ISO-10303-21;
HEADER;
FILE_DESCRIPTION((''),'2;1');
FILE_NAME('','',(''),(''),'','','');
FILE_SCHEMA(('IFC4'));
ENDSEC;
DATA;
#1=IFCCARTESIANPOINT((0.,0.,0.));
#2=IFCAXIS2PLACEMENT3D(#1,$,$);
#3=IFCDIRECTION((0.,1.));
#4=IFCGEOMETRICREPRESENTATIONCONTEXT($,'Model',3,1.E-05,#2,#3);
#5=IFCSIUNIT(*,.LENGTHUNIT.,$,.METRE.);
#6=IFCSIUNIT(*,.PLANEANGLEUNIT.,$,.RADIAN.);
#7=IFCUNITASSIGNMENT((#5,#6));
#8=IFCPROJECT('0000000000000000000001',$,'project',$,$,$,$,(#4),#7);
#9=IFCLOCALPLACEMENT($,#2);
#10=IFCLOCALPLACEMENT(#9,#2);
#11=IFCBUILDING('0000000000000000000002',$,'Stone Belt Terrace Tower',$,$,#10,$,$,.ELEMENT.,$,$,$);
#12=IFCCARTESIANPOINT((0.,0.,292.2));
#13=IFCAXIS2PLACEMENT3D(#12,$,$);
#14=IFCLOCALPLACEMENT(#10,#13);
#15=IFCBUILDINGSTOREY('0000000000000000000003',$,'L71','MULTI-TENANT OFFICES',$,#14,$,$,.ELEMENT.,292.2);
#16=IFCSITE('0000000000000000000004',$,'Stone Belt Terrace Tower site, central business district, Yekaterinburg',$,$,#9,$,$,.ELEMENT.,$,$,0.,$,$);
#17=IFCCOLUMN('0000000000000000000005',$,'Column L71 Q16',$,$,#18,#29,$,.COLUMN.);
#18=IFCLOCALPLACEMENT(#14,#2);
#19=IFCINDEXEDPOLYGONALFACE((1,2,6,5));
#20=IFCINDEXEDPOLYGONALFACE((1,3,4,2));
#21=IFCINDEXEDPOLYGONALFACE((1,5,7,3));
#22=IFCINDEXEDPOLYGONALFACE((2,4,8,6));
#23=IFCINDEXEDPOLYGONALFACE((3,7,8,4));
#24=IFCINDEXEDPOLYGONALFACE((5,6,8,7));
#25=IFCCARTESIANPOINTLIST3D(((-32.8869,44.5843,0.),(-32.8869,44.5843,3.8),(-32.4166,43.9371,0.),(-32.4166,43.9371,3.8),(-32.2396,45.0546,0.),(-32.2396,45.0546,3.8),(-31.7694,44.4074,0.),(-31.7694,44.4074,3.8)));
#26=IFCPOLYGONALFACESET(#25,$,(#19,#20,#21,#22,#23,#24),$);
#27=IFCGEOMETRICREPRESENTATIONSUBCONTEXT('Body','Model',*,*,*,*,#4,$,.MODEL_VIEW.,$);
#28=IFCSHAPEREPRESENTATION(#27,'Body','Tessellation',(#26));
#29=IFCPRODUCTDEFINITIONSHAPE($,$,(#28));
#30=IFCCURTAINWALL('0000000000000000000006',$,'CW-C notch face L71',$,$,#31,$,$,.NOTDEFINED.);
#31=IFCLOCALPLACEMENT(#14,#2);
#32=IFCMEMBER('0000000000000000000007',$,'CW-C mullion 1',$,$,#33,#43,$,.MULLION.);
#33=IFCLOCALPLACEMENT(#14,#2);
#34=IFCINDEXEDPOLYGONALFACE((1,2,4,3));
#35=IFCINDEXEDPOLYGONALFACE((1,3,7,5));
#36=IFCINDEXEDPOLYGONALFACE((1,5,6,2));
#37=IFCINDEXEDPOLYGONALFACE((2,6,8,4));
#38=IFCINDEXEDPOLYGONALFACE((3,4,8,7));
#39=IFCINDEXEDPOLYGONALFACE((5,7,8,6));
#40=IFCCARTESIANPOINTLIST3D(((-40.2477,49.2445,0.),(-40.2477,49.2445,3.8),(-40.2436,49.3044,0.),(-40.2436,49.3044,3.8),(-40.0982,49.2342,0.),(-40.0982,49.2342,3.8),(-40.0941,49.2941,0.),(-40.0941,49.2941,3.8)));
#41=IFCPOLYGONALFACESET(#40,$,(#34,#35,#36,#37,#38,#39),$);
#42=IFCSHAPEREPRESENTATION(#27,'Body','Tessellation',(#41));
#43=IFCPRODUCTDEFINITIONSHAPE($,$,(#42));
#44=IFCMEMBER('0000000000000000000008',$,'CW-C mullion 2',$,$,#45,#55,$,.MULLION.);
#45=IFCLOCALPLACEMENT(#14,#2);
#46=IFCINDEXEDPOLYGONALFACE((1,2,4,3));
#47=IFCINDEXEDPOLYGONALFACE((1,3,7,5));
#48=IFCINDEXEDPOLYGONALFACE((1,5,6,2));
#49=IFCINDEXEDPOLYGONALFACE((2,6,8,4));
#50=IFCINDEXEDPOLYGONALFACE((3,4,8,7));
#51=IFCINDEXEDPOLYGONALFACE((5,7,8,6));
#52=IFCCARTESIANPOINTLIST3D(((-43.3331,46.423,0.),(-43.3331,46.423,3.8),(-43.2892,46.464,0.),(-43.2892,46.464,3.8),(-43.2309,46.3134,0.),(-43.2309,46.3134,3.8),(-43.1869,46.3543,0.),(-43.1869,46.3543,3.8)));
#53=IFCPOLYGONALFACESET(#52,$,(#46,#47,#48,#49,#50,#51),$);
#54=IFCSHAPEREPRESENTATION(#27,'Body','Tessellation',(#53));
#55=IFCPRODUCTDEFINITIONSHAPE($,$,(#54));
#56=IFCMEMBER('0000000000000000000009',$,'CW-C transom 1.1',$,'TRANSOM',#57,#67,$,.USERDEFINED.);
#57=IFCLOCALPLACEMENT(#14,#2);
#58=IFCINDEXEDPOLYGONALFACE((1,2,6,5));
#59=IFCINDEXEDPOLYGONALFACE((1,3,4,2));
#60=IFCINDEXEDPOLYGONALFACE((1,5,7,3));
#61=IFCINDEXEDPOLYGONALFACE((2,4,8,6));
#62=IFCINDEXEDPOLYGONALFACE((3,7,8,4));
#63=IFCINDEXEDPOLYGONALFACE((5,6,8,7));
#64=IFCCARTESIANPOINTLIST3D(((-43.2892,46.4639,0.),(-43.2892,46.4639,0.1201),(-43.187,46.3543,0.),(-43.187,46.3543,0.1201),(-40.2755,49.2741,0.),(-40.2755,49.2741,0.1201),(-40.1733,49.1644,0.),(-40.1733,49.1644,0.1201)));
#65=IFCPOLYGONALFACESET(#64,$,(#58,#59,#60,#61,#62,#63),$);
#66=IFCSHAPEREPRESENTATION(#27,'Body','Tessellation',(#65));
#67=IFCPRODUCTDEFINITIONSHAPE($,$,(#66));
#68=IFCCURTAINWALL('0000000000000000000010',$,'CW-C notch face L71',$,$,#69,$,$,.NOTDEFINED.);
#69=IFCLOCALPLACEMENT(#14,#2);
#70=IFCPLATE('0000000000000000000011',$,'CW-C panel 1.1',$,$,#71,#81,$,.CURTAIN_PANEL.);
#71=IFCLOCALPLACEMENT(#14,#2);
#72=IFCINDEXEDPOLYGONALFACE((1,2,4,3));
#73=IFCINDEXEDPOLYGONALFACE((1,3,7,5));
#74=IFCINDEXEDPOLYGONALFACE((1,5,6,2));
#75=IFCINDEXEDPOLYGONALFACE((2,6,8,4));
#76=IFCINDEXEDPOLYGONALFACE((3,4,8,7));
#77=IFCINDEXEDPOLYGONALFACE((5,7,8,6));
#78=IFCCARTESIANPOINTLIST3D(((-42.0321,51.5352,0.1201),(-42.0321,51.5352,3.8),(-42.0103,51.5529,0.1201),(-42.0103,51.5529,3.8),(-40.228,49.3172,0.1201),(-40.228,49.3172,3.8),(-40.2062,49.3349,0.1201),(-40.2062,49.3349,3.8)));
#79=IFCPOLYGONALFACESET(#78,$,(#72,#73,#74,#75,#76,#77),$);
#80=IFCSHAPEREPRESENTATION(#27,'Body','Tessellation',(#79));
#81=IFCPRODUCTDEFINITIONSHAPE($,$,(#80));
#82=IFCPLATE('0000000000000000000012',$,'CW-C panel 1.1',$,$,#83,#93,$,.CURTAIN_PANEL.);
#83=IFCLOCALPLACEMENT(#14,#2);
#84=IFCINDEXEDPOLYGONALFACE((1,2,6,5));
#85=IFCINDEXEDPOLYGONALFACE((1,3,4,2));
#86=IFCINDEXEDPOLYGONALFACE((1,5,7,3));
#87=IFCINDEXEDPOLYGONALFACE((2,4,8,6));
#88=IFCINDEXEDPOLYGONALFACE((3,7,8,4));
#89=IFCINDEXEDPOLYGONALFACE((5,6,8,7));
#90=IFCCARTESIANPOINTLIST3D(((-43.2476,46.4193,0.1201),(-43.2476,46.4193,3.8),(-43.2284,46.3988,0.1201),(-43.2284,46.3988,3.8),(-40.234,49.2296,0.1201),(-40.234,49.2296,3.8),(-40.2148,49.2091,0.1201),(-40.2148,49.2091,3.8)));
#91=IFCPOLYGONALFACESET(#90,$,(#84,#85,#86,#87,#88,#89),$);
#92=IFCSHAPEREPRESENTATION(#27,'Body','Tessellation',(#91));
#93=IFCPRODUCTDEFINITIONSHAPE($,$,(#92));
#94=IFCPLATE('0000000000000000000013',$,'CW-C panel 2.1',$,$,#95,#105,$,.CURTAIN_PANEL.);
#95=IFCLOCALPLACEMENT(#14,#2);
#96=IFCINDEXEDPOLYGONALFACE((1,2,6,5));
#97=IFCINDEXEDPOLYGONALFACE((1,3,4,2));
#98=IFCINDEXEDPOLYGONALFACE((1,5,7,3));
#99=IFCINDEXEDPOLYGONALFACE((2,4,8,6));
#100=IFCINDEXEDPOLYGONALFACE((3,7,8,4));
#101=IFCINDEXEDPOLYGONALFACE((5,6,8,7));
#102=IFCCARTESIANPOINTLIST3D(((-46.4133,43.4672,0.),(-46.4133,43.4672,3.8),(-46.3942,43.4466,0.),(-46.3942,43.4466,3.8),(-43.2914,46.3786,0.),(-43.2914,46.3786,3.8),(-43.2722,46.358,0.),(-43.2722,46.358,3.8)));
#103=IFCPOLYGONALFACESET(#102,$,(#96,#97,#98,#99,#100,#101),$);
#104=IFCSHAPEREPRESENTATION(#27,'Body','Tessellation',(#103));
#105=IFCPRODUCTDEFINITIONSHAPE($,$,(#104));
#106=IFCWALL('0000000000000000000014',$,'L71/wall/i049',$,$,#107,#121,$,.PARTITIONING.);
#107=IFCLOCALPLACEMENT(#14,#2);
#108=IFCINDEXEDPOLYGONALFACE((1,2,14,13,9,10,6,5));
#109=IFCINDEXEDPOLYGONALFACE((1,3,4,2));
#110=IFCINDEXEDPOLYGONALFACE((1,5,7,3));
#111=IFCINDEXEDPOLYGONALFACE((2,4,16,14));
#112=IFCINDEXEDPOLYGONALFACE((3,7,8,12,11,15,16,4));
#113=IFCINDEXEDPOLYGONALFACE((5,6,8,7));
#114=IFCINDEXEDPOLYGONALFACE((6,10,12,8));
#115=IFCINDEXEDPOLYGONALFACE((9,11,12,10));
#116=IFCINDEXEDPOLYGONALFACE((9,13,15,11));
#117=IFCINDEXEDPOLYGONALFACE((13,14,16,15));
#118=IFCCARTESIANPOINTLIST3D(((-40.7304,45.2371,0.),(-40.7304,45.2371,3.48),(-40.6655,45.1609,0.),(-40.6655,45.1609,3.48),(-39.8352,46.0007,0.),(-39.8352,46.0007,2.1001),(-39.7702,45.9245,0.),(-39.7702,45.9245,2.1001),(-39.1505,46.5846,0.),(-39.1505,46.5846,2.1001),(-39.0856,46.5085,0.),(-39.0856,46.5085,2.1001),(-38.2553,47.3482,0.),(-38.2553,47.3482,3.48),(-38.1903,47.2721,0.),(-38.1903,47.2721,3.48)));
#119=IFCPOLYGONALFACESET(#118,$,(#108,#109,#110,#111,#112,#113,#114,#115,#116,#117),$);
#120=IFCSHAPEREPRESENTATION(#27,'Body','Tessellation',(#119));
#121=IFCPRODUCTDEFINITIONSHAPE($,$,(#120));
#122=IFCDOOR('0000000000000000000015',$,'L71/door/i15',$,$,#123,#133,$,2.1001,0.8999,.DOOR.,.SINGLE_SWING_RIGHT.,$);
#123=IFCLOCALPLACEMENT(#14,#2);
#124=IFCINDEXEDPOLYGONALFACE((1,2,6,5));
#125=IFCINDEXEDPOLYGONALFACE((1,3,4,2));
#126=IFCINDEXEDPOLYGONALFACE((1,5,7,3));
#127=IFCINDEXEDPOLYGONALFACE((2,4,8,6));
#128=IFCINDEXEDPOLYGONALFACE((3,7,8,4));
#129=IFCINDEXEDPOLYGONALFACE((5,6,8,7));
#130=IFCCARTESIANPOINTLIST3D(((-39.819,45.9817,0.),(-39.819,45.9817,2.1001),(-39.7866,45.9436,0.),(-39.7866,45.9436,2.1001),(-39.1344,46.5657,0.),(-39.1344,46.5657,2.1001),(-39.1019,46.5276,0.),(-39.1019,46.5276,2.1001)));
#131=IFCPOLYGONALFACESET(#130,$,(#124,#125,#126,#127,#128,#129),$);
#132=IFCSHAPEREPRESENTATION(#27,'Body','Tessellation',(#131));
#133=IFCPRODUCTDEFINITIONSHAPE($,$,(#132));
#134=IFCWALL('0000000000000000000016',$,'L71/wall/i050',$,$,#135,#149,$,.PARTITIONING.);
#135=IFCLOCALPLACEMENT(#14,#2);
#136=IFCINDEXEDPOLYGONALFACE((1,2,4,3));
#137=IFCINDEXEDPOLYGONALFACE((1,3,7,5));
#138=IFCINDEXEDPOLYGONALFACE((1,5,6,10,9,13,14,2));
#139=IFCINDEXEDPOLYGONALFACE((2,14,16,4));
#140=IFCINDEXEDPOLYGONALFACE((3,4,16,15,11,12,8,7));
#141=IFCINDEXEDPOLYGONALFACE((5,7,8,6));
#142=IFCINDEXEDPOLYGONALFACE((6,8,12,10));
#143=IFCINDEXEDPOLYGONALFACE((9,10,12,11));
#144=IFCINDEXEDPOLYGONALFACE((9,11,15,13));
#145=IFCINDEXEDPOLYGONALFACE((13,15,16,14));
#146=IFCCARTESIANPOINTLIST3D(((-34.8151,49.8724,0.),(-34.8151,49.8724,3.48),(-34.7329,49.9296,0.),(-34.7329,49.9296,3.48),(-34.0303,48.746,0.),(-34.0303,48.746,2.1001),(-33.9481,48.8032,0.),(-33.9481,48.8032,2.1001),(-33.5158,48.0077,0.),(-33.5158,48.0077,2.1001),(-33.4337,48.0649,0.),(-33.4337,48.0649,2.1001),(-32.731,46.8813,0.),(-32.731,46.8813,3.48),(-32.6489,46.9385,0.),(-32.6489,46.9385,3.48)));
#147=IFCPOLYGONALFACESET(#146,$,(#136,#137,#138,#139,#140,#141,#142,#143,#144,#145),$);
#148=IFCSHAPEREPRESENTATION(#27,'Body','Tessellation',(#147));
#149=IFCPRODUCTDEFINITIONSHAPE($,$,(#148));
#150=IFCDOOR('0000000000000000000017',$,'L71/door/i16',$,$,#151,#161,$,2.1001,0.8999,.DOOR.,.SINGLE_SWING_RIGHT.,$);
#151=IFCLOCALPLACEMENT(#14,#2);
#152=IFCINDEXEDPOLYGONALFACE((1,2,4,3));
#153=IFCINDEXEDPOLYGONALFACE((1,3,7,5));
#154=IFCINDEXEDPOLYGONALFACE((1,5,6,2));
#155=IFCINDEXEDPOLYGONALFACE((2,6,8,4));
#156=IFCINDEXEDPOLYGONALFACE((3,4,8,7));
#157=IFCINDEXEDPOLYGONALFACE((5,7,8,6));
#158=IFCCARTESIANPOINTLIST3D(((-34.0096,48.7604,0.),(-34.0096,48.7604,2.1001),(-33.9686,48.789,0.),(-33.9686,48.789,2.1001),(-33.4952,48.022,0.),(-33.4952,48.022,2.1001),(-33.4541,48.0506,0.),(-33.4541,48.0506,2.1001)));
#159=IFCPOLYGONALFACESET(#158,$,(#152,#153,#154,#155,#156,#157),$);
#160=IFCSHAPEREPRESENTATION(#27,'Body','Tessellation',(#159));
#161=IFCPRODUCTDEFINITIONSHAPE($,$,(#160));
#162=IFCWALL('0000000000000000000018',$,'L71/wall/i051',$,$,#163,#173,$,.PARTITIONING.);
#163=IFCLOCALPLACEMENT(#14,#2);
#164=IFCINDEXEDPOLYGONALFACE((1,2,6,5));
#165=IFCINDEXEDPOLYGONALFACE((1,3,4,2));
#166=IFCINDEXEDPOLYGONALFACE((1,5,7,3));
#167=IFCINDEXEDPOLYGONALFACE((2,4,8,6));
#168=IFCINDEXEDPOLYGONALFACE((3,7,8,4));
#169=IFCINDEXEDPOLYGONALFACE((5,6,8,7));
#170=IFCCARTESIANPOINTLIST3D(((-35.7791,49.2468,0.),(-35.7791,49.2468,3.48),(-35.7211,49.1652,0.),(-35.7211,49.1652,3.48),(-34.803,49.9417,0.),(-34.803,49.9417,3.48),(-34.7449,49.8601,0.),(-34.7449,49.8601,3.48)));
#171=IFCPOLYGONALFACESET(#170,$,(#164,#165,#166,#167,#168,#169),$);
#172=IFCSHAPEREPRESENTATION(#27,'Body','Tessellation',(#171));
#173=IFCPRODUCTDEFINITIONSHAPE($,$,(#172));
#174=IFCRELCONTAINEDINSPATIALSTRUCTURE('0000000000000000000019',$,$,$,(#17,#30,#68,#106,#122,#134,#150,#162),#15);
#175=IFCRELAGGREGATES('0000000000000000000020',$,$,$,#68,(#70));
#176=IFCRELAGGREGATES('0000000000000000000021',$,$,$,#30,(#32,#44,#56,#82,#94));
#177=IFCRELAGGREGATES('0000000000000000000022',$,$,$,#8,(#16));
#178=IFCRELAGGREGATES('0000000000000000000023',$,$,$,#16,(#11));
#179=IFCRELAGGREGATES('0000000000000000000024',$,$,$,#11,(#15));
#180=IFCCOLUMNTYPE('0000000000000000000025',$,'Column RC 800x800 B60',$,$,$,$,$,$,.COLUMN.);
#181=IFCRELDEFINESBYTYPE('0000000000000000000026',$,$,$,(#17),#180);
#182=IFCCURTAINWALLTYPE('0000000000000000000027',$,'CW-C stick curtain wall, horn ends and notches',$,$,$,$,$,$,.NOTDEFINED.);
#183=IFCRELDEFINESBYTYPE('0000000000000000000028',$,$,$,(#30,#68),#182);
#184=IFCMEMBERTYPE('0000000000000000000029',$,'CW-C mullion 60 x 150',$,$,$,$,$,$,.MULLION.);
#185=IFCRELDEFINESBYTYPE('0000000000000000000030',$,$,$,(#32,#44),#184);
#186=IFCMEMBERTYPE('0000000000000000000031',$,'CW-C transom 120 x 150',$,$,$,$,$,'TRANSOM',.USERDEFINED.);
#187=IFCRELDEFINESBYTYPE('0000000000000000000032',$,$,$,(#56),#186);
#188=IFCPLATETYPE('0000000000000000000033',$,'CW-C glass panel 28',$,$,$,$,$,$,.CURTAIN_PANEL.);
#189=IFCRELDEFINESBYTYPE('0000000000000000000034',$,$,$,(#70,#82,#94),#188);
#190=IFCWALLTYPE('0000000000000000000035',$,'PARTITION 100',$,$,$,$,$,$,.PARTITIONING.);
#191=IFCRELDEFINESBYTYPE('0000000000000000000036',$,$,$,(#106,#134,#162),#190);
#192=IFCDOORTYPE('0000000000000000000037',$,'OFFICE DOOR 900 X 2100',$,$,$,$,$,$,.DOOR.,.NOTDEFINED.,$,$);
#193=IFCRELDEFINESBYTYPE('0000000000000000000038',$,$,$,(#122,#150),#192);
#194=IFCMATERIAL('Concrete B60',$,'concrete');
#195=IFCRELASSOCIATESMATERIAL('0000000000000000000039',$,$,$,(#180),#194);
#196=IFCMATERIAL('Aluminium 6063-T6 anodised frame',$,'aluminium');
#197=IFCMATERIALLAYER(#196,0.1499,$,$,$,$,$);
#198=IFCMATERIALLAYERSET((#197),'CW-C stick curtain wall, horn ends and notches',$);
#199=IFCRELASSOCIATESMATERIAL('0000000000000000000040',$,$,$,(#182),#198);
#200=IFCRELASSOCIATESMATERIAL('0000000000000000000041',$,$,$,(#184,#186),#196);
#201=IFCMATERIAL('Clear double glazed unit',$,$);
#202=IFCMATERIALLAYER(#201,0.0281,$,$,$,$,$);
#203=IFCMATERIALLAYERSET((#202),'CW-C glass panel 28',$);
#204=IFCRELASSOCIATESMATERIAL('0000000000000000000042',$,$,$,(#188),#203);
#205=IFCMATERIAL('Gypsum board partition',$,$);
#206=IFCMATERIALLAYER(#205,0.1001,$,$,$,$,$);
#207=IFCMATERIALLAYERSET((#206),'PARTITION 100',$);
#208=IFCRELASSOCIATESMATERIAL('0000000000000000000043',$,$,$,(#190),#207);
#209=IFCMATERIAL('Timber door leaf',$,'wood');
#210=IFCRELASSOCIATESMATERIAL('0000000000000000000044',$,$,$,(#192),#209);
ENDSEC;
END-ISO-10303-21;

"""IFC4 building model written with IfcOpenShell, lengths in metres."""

from ifc_helpers import new_model, si_unit, direction, frame, frame_2d, origin, origin_2d, place, context, subcontext, project, spatial, rectangle, extrude, material, layer, layer_set, material_profile, profile_set, type_object, element, fill, aggregate, save


model = new_model("IFC4")

# Units and contexts
model_context = context("Model", 3, precision=1e-05, world=origin(), true_north=direction((0.0, 1.0)))
body_context = subcontext(model_context, "Body", "Model", "MODEL_VIEW")
ifc_project = project(units=[si_unit("LENGTHUNIT", "METRE"), si_unit("PLANEANGLEUNIT", "RADIAN")], contexts=[model_context])

# Site, building, storey
site_placement = place(None, origin())
site = spatial("IfcSite", under=ifc_project, at=site_placement, Name="Stone Belt Terrace Tower site, central business district, Yekaterinburg", CompositionType="ELEMENT", RefElevation=0.0)
building_placement = place(site_placement, origin())
building = spatial("IfcBuilding", under=site, at=building_placement, Name="Stone Belt Terrace Tower", CompositionType="ELEMENT")
storey_placement = place(building_placement, frame((0.0, 0.0, 292.2)))
storey = spatial("IfcBuildingStorey", under=building, at=storey_placement, Name="L71", Description="MULTI-TENANT OFFICES", CompositionType="ELEMENT", Elevation=292.2)

# Column
ifc_material_1 = material(Name="Concrete B60", Category="concrete")
ifc_material_profile_1 = material_profile(ifc_material_1, rectangle(XDim=0.8, YDim=0.8, at=origin_2d()), Name="RC 800x800")
ifc_profile_set_1 = profile_set([ifc_material_profile_1], Name="Concrete B60")
column_type = type_object("IfcColumnType", Name="Column RC 800x800 B60", PredefinedType="COLUMN", material=ifc_profile_set_1)
column_placement = place(storey_placement, frame((-32.3281, 44.4958, 0.0), z_axis=(0.0, 0.0, 1.0), x_axis=(0.809017, 0.587785, 0.0)))
element("IfcColumn", 1, at=column_placement, inside=storey, type_object=column_type, Name="Column L71 Q16", PredefinedType="COLUMN", context=body_context, shape_type="SweptSolid", body=[
    extrude(rectangle(XDim=0.8, YDim=0.8, at=origin_2d()), origin(), (0.0, 0.0, 1.0), 3.8),
])

# Curtain wall, members
ifc_material_2 = material(Name="Aluminium 6063-T6 anodised frame", Category="aluminium")
ifc_layer_1 = layer(ifc_material_2, 0.1499)
ifc_layer_set_1 = layer_set([ifc_layer_1], Name="CW-C stick curtain wall, horn ends and notches")
curtain_wall_type = type_object("IfcCurtainWallType", Name="CW-C stick curtain wall, horn ends and notches", PredefinedType="NOTDEFINED", material=ifc_layer_set_1)
curtain_wall_1_placement = place(storey_placement, origin())
curtain_wall_1 = element("IfcCurtainWall", 2, at=curtain_wall_1_placement, inside=storey, type_object=curtain_wall_type, Name="CW-C notch face L71", PredefinedType="NOTDEFINED")
ifc_material_profile_2 = material_profile(ifc_material_2, rectangle(XDim=0.1499, YDim=0.0601, at=origin_2d()), Name="Aluminium 6063-T6 60x150")
ifc_profile_set_2 = profile_set([ifc_material_profile_2], Name="Aluminium 6063-T6 anodised frame")
member_type_1 = type_object("IfcMemberType", Name="CW-C mullion 60 x 150", PredefinedType="MULLION", material=ifc_profile_set_2)
member_1_placement = place(storey_placement, frame((-40.1709, 49.2693, 0.0), z_axis=(0.0, 0.0, 1.0), x_axis=(0.99764, -0.068666, 0.0)))
member_1 = element("IfcMember", 3, at=member_1_placement, type_object=member_type_1, Name="CW-C mullion 1", PredefinedType="MULLION", context=body_context, shape_type="SweptSolid", body=[
    extrude(rectangle(XDim=0.1499, YDim=0.0601, at=origin_2d()), origin(), (0.0, 0.0, 1.0), 3.8),
])
member_2_placement = place(storey_placement, frame((-43.26, 46.3887, 0.0), z_axis=(0.0, 0.0, 1.0), x_axis=(0.682014, -0.731339, 0.0)))
member_2 = element("IfcMember", 4, at=member_2_placement, type_object=member_type_1, Name="CW-C mullion 2", PredefinedType="MULLION", context=body_context, shape_type="SweptSolid", body=[
    extrude(rectangle(XDim=0.1499, YDim=0.0601, at=origin_2d()), origin(), (0.0, 0.0, 1.0), 3.8),
])
ifc_material_profile_3 = material_profile(ifc_material_2, rectangle(XDim=0.1499, YDim=0.1201, at=origin_2d()), Name="Aluminium 6063-T6 150x120")
ifc_profile_set_3 = profile_set([ifc_material_profile_3], Name="Aluminium 6063-T6 anodised frame")
member_type_2 = type_object("IfcMemberType", Name="CW-C transom 120 x 150", ElementType="TRANSOM", PredefinedType="USERDEFINED", material=ifc_profile_set_3)
member_3_placement = place(storey_placement, frame((-40.2244, 49.2192, 0.0601), z_axis=(-0.731382, -0.681968, 0.0), x_axis=(0.681968, -0.731382, 0.0)))
member_3 = element("IfcMember", 5, at=member_3_placement, type_object=member_type_2, Name="CW-C transom 1.1", ObjectType="TRANSOM", PredefinedType="USERDEFINED", context=body_context, shape_type="SweptSolid", body=[
    extrude(rectangle(XDim=0.1499, YDim=0.1201, at=origin_2d()), origin(), (0.0, 0.0, 1.0), 4.1206),
])

# Curtain wall, plate
curtain_wall_2_placement = place(storey_placement, origin())
curtain_wall_2 = element("IfcCurtainWall", 6, at=curtain_wall_2_placement, inside=storey, type_object=curtain_wall_type, Name="CW-C notch face L71", PredefinedType="NOTDEFINED")
ifc_material_3 = material(Name="Clear double glazed unit")
ifc_layer_2 = layer(ifc_material_3, 0.0281)
ifc_layer_set_2 = layer_set([ifc_layer_2], Name="CW-C glass panel 28")
plate_type = type_object("IfcPlateType", Name="CW-C glass panel 28", PredefinedType="CURTAIN_PANEL", material=ifc_layer_set_2)
plate_1_placement = place(storey_placement, frame((-41.1191, 50.4351, 0.1201), z_axis=(0.0, 0.0, 1.0), x_axis=(0.631001, -0.775782, 0.0)))
plate_1 = element("IfcPlate", 7, at=plate_1_placement, type_object=plate_type, Name="CW-C panel 1.1", PredefinedType="CURTAIN_PANEL", context=body_context, shape_type="SweptSolid", body=[
    extrude(rectangle(XDim=2.8591, YDim=0.0281, at=origin_2d()), origin(), (0.0, 0.0, 1.0), 3.6799),
])
aggregate(curtain_wall_2, [plate_1])

# Plates
plate_2_placement = place(storey_placement, frame((-41.7312, 47.8142, 0.1201), z_axis=(0.0, 0.0, 1.0), x_axis=(-0.731339, -0.682014, 0.0)))
plate_2 = element("IfcPlate", 8, at=plate_2_placement, type_object=plate_type, Name="CW-C panel 1.1", PredefinedType="CURTAIN_PANEL", context=body_context, shape_type="SweptSolid", body=[
    extrude(rectangle(XDim=4.1206, YDim=0.0281, at=origin_2d()), origin(), (0.0, 0.0, 1.0), 3.6799),
])
plate_3_placement = place(storey_placement, frame((-44.8428, 44.9126, 0.0), z_axis=(0.0, 0.0, 1.0), x_axis=(-0.731339, -0.682014, 0.0)))
plate_3 = element("IfcPlate", 9, at=plate_3_placement, type_object=plate_type, Name="CW-C panel 2.1", PredefinedType="CURTAIN_PANEL", context=body_context, shape_type="SweptSolid", body=[
    extrude(rectangle(XDim=4.2688, YDim=0.0281, at=origin_2d()), origin(), (0.0, 0.0, 1.0), 3.8),
])
aggregate(curtain_wall_1, [member_1, member_2, member_3, plate_2, plate_3])

# Walls, openings, doors
ifc_material_4 = material(Name="Gypsum board partition")
ifc_layer_3 = layer(ifc_material_4, 0.1001)
ifc_layer_set_3 = layer_set([ifc_layer_3], Name="PARTITION 100")
wall_type_1 = type_object("IfcWallType", Name="PARTITION 100", PredefinedType="PARTITIONING", material=ifc_layer_set_3)
wall_1_placement = place(storey_placement, frame((-38.2229, 47.3101, 0.0), z_axis=(0.0, 0.0, 1.0), x_axis=(-0.760838, -0.648941, 0.0)))
wall_1 = element("IfcWall", 10, at=wall_1_placement, inside=storey, type_object=wall_type_1, Name="L71/wall/i049", PredefinedType="PARTITIONING", context=body_context, shape_type="SweptSolid", body=[
    extrude(rectangle(XDim=3.2532, YDim=0.1001, at=frame_2d((1.6265, 0.0))), origin(), (0.0, 0.0, 1.0), 3.48),
])
opening_1_placement = place(wall_1_placement, frame((1.1765, 0.0, 0.0)))
opening_1 = element("IfcOpeningElement", 11, at=opening_1_placement, cuts=wall_1, PredefinedType="OPENING", context=body_context, shape_type="SweptSolid", body=[
    extrude(rectangle(XDim=0.8999, YDim=2.1001, at=frame_2d((0.45, 1.05))), frame((0.0, 0.0601, 0.0), z_axis=(0.0, -1.0, 0.0), x_axis=(1.0, 0.0, 0.0)), (0.0, 0.0, 1.0), 0.1201),
])
ifc_material_5 = material(Name="Timber door leaf", Category="wood")
door_type_1 = type_object("IfcDoorType", Name="OFFICE DOOR 900 X 2100", OperationType="NOTDEFINED", PredefinedType="DOOR", material=ifc_material_5)
door_1_placement = place(opening_1_placement, origin())
door_1 = element("IfcDoor", 12, at=door_1_placement, inside=storey, type_object=door_type_1, Name="L71/door/i15", OperationType="SINGLE_SWING_RIGHT", OverallHeight=2.1001, OverallWidth=0.8999, PredefinedType="DOOR", context=body_context, shape_type="SweptSolid", body=[
    extrude(rectangle(XDim=0.8999, YDim=2.1001, at=frame_2d((0.45, 1.05))), frame((0.0, 0.0249, 0.0), z_axis=(0.0, -1.0, 0.0), x_axis=(1.0, 0.0, 0.0)), (0.0, 0.0, 1.0), 0.05),
])
fill(opening_1, door_1)
wall_2_placement = place(storey_placement, frame((-32.6899, 46.9099, 0.0), z_axis=(0.0, 0.0, 1.0), x_axis=(-0.571677, 0.820479, 0.0)))
wall_2 = element("IfcWall", 13, at=wall_2_placement, inside=storey, type_object=wall_type_1, Name="L71/wall/i050", PredefinedType="PARTITIONING", context=body_context, shape_type="SweptSolid", body=[
    extrude(rectangle(XDim=3.6455, YDim=0.1001, at=frame_2d((1.8228, 0.0))), origin(), (0.0, 0.0, 1.0), 3.48),
])
opening_2_placement = place(wall_2_placement, frame((1.3728, 0.0, 0.0)))
opening_2 = element("IfcOpeningElement", 14, at=opening_2_placement, cuts=wall_2, PredefinedType="OPENING", context=body_context, shape_type="SweptSolid", body=[
    extrude(rectangle(XDim=0.8999, YDim=2.1001, at=frame_2d((0.45, 1.05))), frame((0.0, 0.0601, 0.0), z_axis=(0.0, -1.0, 0.0), x_axis=(1.0, 0.0, 0.0)), (0.0, 0.0, 1.0), 0.1201),
])
door_2_placement = place(opening_2_placement, origin())
door_2 = element("IfcDoor", 15, at=door_2_placement, inside=storey, type_object=door_type_1, Name="L71/door/i16", OperationType="SINGLE_SWING_RIGHT", OverallHeight=2.1001, OverallWidth=0.8999, PredefinedType="DOOR", context=body_context, shape_type="SweptSolid", body=[
    extrude(rectangle(XDim=0.8999, YDim=2.1001, at=frame_2d((0.45, 1.05))), frame((0.0, 0.0249, 0.0), z_axis=(0.0, -1.0, 0.0), x_axis=(1.0, 0.0, 0.0)), (0.0, 0.0, 1.0), 0.05),
])
fill(opening_2, door_2)

# Wall
wall_3_placement = place(storey_placement, frame((-34.7739, 49.9009, 0.0), z_axis=(0.0, 0.0, 1.0), x_axis=(-0.814669, -0.579927, 0.0)))
element("IfcWall", 16, at=wall_3_placement, inside=storey, type_object=wall_type_1, Name="L71/wall/i051", PredefinedType="PARTITIONING", context=body_context, shape_type="SweptSolid", body=[
    extrude(rectangle(XDim=1.1982, YDim=0.1001, at=frame_2d((0.5991, 0.0))), origin(), (0.0, 0.0, 1.0), 3.48),
])

save(model, "model.ifc")
